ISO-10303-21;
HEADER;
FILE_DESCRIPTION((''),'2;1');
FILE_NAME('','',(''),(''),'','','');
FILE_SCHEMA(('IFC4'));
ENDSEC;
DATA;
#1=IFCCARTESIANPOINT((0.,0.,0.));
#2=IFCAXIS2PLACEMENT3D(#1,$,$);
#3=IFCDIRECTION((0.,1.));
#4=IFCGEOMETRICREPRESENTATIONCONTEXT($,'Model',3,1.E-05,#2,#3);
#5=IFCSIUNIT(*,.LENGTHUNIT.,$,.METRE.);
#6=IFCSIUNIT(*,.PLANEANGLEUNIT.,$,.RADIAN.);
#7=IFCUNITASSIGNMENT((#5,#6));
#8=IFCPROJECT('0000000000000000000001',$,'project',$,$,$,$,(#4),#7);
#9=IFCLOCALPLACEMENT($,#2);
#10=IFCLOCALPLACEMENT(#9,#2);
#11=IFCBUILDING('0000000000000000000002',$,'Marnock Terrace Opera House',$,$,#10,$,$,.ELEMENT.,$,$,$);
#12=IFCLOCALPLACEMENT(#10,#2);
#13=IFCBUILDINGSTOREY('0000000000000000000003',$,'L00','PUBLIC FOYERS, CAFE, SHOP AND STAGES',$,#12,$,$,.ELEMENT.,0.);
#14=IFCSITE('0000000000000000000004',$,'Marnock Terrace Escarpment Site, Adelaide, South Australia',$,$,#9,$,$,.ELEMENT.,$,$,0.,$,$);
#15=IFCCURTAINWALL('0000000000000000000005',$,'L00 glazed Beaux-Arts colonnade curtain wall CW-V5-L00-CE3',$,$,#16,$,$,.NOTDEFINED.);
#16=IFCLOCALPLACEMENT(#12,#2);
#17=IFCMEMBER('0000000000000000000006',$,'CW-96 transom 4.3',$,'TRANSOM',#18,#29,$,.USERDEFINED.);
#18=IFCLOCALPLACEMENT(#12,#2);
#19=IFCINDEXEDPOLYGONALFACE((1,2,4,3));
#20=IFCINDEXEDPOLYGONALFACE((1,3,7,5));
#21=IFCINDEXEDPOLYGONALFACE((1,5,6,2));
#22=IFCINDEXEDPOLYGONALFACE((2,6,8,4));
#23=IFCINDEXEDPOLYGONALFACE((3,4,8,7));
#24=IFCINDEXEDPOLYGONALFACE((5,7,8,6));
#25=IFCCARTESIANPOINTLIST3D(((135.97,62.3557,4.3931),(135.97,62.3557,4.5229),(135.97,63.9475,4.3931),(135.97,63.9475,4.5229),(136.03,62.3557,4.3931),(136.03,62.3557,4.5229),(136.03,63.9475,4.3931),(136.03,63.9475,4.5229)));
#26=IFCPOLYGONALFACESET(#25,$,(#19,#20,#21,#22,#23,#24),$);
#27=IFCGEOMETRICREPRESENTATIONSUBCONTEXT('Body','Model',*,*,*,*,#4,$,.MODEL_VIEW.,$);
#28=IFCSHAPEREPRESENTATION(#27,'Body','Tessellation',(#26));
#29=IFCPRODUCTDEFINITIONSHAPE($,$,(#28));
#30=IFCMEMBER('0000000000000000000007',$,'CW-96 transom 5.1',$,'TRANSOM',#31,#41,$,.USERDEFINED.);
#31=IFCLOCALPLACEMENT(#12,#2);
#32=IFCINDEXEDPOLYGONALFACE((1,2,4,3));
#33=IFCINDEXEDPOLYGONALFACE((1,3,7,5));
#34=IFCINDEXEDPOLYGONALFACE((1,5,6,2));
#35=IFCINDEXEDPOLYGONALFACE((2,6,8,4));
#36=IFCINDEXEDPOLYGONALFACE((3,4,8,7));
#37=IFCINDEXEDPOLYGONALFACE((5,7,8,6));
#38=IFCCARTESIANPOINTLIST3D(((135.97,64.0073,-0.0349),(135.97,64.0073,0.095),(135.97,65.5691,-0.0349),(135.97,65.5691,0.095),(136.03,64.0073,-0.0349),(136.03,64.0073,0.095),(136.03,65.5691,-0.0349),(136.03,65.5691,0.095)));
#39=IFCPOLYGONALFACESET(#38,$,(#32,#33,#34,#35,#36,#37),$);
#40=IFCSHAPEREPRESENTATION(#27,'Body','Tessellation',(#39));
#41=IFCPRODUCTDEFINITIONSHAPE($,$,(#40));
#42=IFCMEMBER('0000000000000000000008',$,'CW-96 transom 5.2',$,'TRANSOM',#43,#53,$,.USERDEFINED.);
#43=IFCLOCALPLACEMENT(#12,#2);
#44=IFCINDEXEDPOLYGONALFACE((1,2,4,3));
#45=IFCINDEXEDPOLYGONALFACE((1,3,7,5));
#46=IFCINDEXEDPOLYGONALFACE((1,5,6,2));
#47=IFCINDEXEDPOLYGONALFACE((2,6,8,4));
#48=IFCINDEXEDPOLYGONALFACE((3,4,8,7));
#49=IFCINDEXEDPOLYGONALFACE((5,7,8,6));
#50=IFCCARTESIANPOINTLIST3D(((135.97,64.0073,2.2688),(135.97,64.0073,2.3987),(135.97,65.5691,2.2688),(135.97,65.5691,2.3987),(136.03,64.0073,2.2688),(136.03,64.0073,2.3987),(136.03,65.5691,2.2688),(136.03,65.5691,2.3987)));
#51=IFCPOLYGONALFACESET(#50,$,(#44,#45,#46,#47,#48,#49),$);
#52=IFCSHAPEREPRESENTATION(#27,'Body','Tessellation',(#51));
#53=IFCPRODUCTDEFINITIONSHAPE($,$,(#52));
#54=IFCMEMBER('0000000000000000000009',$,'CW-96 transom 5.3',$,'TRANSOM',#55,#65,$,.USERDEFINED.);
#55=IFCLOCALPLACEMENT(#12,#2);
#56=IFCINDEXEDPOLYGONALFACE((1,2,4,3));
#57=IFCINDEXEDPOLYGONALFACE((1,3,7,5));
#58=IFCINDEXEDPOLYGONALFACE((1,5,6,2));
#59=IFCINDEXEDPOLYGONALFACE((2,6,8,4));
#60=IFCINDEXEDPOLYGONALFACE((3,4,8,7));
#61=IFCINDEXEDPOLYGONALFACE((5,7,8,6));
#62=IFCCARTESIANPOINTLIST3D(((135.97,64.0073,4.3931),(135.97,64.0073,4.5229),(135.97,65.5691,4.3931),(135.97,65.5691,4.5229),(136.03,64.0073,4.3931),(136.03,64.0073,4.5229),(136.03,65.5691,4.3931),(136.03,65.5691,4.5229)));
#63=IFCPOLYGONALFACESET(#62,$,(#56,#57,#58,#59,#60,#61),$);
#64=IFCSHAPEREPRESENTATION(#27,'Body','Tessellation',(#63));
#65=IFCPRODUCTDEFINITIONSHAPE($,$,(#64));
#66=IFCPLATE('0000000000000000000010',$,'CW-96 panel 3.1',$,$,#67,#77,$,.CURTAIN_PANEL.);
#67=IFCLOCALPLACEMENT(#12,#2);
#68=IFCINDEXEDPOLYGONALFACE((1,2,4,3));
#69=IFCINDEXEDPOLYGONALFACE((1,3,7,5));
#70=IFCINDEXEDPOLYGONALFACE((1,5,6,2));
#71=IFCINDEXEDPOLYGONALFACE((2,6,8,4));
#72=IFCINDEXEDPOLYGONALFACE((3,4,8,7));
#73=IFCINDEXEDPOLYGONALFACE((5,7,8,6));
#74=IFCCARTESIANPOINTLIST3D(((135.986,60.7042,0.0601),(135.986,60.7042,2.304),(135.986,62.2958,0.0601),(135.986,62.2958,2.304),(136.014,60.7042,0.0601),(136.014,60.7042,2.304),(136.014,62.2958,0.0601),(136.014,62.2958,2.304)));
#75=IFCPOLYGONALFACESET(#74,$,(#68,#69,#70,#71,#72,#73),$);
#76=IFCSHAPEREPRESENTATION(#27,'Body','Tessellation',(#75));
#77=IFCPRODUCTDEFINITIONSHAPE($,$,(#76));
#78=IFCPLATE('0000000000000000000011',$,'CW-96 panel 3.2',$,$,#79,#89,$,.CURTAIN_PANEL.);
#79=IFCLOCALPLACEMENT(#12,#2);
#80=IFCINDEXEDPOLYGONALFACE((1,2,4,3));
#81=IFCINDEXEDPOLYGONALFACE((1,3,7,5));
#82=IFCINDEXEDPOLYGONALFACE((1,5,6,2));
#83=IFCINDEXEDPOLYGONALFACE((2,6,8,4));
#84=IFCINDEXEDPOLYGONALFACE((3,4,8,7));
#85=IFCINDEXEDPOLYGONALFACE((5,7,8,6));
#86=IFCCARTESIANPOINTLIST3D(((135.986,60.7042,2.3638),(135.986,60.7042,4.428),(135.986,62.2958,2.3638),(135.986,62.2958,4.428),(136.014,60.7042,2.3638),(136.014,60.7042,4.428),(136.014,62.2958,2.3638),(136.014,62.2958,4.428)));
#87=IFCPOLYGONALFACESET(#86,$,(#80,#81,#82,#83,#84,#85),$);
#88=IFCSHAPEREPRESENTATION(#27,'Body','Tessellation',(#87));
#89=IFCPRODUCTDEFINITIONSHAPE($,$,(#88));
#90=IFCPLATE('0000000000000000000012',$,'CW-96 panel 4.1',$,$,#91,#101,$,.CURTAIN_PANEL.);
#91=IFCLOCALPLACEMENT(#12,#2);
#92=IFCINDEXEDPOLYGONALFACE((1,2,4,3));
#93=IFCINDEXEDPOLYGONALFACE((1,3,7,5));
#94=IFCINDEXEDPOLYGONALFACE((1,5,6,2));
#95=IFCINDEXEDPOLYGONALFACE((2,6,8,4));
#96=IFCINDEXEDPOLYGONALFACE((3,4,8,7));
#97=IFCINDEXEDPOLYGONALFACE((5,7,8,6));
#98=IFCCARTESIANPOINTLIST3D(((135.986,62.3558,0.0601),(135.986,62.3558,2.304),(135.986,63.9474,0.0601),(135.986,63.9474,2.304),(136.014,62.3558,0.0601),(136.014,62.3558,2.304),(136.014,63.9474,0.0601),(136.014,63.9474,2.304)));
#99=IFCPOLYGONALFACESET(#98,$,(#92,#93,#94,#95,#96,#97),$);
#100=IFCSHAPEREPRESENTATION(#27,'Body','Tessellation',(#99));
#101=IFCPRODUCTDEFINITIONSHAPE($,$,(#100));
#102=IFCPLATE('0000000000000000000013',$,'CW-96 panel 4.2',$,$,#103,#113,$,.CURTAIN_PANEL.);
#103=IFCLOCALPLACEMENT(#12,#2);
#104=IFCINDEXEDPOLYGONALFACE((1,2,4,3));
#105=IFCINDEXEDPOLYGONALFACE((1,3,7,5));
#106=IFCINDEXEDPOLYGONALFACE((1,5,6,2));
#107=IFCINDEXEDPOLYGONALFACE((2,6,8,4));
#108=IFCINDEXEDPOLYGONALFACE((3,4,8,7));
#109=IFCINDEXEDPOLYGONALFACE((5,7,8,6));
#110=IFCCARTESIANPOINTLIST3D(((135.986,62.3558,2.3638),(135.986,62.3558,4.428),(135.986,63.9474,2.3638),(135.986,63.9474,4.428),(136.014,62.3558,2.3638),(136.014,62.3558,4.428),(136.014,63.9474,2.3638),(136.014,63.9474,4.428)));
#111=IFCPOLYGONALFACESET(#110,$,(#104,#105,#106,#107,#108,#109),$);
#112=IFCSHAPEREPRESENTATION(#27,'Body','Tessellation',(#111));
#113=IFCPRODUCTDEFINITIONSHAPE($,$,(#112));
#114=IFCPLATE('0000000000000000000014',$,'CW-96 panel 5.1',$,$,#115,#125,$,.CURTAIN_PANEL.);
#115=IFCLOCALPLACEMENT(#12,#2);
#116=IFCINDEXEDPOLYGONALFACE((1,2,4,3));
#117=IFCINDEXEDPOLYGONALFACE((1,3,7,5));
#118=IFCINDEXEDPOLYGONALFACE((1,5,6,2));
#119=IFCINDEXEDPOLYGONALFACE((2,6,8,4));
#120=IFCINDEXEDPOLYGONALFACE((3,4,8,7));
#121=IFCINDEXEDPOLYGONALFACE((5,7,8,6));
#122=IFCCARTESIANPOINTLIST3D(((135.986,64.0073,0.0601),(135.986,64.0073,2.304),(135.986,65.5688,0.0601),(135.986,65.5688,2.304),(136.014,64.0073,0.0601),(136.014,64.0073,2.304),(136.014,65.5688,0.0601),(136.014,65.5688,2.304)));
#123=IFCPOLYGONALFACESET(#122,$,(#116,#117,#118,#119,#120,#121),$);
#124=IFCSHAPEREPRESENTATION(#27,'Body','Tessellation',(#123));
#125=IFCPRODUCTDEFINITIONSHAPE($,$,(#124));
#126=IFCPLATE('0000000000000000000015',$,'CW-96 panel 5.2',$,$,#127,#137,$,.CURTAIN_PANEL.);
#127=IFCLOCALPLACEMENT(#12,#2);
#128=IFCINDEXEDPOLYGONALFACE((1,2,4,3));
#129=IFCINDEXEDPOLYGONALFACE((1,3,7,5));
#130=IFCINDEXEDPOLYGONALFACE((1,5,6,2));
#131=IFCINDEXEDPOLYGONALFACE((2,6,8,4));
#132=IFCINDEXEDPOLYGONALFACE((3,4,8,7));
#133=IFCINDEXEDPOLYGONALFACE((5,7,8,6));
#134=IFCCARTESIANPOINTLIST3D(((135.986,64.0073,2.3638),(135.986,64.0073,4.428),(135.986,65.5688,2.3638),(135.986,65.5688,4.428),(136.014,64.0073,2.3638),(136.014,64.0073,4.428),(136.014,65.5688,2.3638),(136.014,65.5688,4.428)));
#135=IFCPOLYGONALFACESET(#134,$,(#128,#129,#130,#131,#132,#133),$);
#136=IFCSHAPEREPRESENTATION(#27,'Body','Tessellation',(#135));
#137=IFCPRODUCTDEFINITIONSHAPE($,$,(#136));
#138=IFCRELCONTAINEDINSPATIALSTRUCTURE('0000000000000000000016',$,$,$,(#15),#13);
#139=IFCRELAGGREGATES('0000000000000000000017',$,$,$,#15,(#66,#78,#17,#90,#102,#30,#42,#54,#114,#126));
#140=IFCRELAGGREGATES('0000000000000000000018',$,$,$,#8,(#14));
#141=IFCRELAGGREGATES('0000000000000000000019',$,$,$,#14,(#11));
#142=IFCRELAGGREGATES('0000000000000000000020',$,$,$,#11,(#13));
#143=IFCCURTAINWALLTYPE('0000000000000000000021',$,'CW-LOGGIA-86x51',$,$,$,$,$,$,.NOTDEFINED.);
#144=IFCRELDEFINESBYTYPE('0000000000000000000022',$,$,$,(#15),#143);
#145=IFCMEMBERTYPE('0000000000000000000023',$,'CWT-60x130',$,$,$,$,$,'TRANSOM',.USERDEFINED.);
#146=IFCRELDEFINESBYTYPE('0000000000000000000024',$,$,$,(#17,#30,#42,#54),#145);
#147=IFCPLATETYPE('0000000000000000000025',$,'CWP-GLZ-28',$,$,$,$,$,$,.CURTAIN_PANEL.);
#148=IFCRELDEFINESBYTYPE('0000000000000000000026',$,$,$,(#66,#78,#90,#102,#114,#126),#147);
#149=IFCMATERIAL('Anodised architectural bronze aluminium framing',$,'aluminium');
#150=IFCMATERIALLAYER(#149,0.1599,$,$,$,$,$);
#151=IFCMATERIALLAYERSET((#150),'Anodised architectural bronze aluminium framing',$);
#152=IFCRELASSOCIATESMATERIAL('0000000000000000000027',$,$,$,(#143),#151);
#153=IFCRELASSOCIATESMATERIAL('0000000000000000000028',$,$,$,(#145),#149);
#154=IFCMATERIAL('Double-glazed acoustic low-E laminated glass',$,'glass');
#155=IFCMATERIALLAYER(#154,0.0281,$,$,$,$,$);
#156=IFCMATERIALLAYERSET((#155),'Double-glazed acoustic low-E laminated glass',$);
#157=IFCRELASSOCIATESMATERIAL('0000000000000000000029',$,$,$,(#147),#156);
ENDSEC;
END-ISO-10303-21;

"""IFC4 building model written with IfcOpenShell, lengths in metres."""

from ifc_helpers import new_model, si_unit, direction, frame, origin, origin_2d, place, context, subcontext, project, spatial, rectangle, extrude, material, layer, layer_set, material_profile, profile_set, type_object, element, aggregate, save


model = new_model("IFC4")

# Units and contexts
model_context = context("Model", 3, precision=1e-05, world=origin(), true_north=direction((0.0, 1.0)))
body_context = subcontext(model_context, "Body", "Model", "MODEL_VIEW")
ifc_project = project(units=[si_unit("LENGTHUNIT", "METRE"), si_unit("PLANEANGLEUNIT", "RADIAN")], contexts=[model_context])

# Site, building, storey
site_placement = place(None, origin())
site = spatial("IfcSite", under=ifc_project, at=site_placement, Name="Marnock Terrace Escarpment Site, Adelaide, South Australia", CompositionType="ELEMENT", RefElevation=0.0)
building_placement = place(site_placement, origin())
building = spatial("IfcBuilding", under=site, at=building_placement, Name="Marnock Terrace Opera House", CompositionType="ELEMENT")
storey_placement = place(building_placement, origin())
storey = spatial("IfcBuildingStorey", under=building, at=storey_placement, Name="L00", Description="PUBLIC FOYERS, CAFE, SHOP AND STAGES", CompositionType="ELEMENT", Elevation=0.0)

# Curtain wall, members, plates
ifc_material_1 = material(Name="Anodised architectural bronze aluminium framing", Category="aluminium")
ifc_layer_1 = layer(ifc_material_1, 0.1599)
ifc_layer_set_1 = layer_set([ifc_layer_1], Name="Anodised architectural bronze aluminium framing")
curtain_wall_type = type_object("IfcCurtainWallType", Name="CW-LOGGIA-86x51", PredefinedType="NOTDEFINED", material=ifc_layer_set_1)
curtain_wall_placement = place(storey_placement, origin())
curtain_wall = element("IfcCurtainWall", 1, at=curtain_wall_placement, inside=storey, type_object=curtain_wall_type, Name="L00 glazed Beaux-Arts colonnade curtain wall CW-V5-L00-CE3", PredefinedType="NOTDEFINED")
ifc_material_profile_1 = material_profile(ifc_material_1, rectangle(XDim=0.0601, YDim=0.1299, at=origin_2d()))
ifc_profile_set_1 = profile_set([ifc_material_profile_1], Name="Anodised architectural bronze aluminium framing")
member_type_1 = type_object("IfcMemberType", Name="CWT-60x130", ElementType="TRANSOM", PredefinedType="USERDEFINED", material=ifc_profile_set_1)
member_1_placement = place(storey_placement, frame((136.0, 62.3557, 4.458), z_axis=(0.0, 1.0, 0.0), x_axis=(-1.0, 0.0, 0.0)))
member_1 = element("IfcMember", 2, at=member_1_placement, type_object=member_type_1, Name="CW-96 transom 4.3", ObjectType="TRANSOM", PredefinedType="USERDEFINED", context=body_context, shape_type="SweptSolid", body=[
    extrude(rectangle(XDim=0.0601, YDim=0.1299, at=origin_2d()), origin(), (0.0, 0.0, 1.0), 1.5918),
])
member_2_placement = place(storey_placement, frame((136.0, 64.0073, 0.03), z_axis=(0.0, 1.0, 0.0), x_axis=(-1.0, 0.0, 0.0)))
member_2 = element("IfcMember", 3, at=member_2_placement, type_object=member_type_1, Name="CW-96 transom 5.1", ObjectType="TRANSOM", PredefinedType="USERDEFINED", context=body_context, shape_type="SweptSolid", body=[
    extrude(rectangle(XDim=0.0601, YDim=0.1299, at=origin_2d()), origin(), (0.0, 0.0, 1.0), 1.5618),
])
member_3_placement = place(storey_placement, frame((136.0, 64.0073, 2.3337), z_axis=(0.0, 1.0, 0.0), x_axis=(-1.0, 0.0, 0.0)))
member_3 = element("IfcMember", 4, at=member_3_placement, type_object=member_type_1, Name="CW-96 transom 5.2", ObjectType="TRANSOM", PredefinedType="USERDEFINED", context=body_context, shape_type="SweptSolid", body=[
    extrude(rectangle(XDim=0.0601, YDim=0.1299, at=origin_2d()), origin(), (0.0, 0.0, 1.0), 1.5618),
])
member_4_placement = place(storey_placement, frame((136.0, 64.0073, 4.458), z_axis=(0.0, 1.0, 0.0), x_axis=(-1.0, 0.0, 0.0)))
member_4 = element("IfcMember", 5, at=member_4_placement, type_object=member_type_1, Name="CW-96 transom 5.3", ObjectType="TRANSOM", PredefinedType="USERDEFINED", context=body_context, shape_type="SweptSolid", body=[
    extrude(rectangle(XDim=0.0601, YDim=0.1299, at=origin_2d()), origin(), (0.0, 0.0, 1.0), 1.5618),
])
ifc_material_2 = material(Name="Double-glazed acoustic low-E laminated glass", Category="glass")
ifc_layer_2 = layer(ifc_material_2, 0.0281)
ifc_layer_set_2 = layer_set([ifc_layer_2], Name="Double-glazed acoustic low-E laminated glass")
plate_type = type_object("IfcPlateType", Name="CWP-GLZ-28", PredefinedType="CURTAIN_PANEL", material=ifc_layer_set_2)
plate_1_placement = place(storey_placement, frame((136.0, 61.5, 0.0601), z_axis=(0.0, 0.0, 1.0), x_axis=(0.0, 1.0, 0.0)))
plate_1 = element("IfcPlate", 6, at=plate_1_placement, type_object=plate_type, Name="CW-96 panel 3.1", PredefinedType="CURTAIN_PANEL", context=body_context, shape_type="SweptSolid", body=[
    extrude(rectangle(XDim=1.5916, YDim=0.0281, at=origin_2d()), origin(), (0.0, 0.0, 1.0), 2.2439),
])
plate_2_placement = place(storey_placement, frame((136.0, 61.5, 2.3638), z_axis=(0.0, 0.0, 1.0), x_axis=(0.0, 1.0, 0.0)))
plate_2 = element("IfcPlate", 7, at=plate_2_placement, type_object=plate_type, Name="CW-96 panel 3.2", PredefinedType="CURTAIN_PANEL", context=body_context, shape_type="SweptSolid", body=[
    extrude(rectangle(XDim=1.5916, YDim=0.0281, at=origin_2d()), origin(), (0.0, 0.0, 1.0), 2.0642),
])
plate_3_placement = place(storey_placement, frame((136.0, 63.1516, 0.0601), z_axis=(0.0, 0.0, 1.0), x_axis=(0.0, 1.0, 0.0)))
plate_3 = element("IfcPlate", 8, at=plate_3_placement, type_object=plate_type, Name="CW-96 panel 4.1", PredefinedType="CURTAIN_PANEL", context=body_context, shape_type="SweptSolid", body=[
    extrude(rectangle(XDim=1.5916, YDim=0.0281, at=origin_2d()), origin(), (0.0, 0.0, 1.0), 2.2439),
])
plate_4_placement = place(storey_placement, frame((136.0, 63.1516, 2.3638), z_axis=(0.0, 0.0, 1.0), x_axis=(0.0, 1.0, 0.0)))
plate_4 = element("IfcPlate", 9, at=plate_4_placement, type_object=plate_type, Name="CW-96 panel 4.2", PredefinedType="CURTAIN_PANEL", context=body_context, shape_type="SweptSolid", body=[
    extrude(rectangle(XDim=1.5916, YDim=0.0281, at=origin_2d()), origin(), (0.0, 0.0, 1.0), 2.0642),
])
plate_5_placement = place(storey_placement, frame((136.0, 64.7881, 0.0601), z_axis=(0.0, 0.0, 1.0), x_axis=(0.0, 1.0, 0.0)))
plate_5 = element("IfcPlate", 10, at=plate_5_placement, type_object=plate_type, Name="CW-96 panel 5.1", PredefinedType="CURTAIN_PANEL", context=body_context, shape_type="SweptSolid", body=[
    extrude(rectangle(XDim=1.5615, YDim=0.0281, at=origin_2d()), origin(), (0.0, 0.0, 1.0), 2.2439),
])
plate_6_placement = place(storey_placement, frame((136.0, 64.7881, 2.3638), z_axis=(0.0, 0.0, 1.0), x_axis=(0.0, 1.0, 0.0)))
plate_6 = element("IfcPlate", 11, at=plate_6_placement, type_object=plate_type, Name="CW-96 panel 5.2", PredefinedType="CURTAIN_PANEL", context=body_context, shape_type="SweptSolid", body=[
    extrude(rectangle(XDim=1.5615, YDim=0.0281, at=origin_2d()), origin(), (0.0, 0.0, 1.0), 2.0642),
])
aggregate(curtain_wall, [plate_1, plate_2, member_1, plate_3, plate_4, member_2, member_3, member_4, plate_5, plate_6])

save(model, "model.ifc")
